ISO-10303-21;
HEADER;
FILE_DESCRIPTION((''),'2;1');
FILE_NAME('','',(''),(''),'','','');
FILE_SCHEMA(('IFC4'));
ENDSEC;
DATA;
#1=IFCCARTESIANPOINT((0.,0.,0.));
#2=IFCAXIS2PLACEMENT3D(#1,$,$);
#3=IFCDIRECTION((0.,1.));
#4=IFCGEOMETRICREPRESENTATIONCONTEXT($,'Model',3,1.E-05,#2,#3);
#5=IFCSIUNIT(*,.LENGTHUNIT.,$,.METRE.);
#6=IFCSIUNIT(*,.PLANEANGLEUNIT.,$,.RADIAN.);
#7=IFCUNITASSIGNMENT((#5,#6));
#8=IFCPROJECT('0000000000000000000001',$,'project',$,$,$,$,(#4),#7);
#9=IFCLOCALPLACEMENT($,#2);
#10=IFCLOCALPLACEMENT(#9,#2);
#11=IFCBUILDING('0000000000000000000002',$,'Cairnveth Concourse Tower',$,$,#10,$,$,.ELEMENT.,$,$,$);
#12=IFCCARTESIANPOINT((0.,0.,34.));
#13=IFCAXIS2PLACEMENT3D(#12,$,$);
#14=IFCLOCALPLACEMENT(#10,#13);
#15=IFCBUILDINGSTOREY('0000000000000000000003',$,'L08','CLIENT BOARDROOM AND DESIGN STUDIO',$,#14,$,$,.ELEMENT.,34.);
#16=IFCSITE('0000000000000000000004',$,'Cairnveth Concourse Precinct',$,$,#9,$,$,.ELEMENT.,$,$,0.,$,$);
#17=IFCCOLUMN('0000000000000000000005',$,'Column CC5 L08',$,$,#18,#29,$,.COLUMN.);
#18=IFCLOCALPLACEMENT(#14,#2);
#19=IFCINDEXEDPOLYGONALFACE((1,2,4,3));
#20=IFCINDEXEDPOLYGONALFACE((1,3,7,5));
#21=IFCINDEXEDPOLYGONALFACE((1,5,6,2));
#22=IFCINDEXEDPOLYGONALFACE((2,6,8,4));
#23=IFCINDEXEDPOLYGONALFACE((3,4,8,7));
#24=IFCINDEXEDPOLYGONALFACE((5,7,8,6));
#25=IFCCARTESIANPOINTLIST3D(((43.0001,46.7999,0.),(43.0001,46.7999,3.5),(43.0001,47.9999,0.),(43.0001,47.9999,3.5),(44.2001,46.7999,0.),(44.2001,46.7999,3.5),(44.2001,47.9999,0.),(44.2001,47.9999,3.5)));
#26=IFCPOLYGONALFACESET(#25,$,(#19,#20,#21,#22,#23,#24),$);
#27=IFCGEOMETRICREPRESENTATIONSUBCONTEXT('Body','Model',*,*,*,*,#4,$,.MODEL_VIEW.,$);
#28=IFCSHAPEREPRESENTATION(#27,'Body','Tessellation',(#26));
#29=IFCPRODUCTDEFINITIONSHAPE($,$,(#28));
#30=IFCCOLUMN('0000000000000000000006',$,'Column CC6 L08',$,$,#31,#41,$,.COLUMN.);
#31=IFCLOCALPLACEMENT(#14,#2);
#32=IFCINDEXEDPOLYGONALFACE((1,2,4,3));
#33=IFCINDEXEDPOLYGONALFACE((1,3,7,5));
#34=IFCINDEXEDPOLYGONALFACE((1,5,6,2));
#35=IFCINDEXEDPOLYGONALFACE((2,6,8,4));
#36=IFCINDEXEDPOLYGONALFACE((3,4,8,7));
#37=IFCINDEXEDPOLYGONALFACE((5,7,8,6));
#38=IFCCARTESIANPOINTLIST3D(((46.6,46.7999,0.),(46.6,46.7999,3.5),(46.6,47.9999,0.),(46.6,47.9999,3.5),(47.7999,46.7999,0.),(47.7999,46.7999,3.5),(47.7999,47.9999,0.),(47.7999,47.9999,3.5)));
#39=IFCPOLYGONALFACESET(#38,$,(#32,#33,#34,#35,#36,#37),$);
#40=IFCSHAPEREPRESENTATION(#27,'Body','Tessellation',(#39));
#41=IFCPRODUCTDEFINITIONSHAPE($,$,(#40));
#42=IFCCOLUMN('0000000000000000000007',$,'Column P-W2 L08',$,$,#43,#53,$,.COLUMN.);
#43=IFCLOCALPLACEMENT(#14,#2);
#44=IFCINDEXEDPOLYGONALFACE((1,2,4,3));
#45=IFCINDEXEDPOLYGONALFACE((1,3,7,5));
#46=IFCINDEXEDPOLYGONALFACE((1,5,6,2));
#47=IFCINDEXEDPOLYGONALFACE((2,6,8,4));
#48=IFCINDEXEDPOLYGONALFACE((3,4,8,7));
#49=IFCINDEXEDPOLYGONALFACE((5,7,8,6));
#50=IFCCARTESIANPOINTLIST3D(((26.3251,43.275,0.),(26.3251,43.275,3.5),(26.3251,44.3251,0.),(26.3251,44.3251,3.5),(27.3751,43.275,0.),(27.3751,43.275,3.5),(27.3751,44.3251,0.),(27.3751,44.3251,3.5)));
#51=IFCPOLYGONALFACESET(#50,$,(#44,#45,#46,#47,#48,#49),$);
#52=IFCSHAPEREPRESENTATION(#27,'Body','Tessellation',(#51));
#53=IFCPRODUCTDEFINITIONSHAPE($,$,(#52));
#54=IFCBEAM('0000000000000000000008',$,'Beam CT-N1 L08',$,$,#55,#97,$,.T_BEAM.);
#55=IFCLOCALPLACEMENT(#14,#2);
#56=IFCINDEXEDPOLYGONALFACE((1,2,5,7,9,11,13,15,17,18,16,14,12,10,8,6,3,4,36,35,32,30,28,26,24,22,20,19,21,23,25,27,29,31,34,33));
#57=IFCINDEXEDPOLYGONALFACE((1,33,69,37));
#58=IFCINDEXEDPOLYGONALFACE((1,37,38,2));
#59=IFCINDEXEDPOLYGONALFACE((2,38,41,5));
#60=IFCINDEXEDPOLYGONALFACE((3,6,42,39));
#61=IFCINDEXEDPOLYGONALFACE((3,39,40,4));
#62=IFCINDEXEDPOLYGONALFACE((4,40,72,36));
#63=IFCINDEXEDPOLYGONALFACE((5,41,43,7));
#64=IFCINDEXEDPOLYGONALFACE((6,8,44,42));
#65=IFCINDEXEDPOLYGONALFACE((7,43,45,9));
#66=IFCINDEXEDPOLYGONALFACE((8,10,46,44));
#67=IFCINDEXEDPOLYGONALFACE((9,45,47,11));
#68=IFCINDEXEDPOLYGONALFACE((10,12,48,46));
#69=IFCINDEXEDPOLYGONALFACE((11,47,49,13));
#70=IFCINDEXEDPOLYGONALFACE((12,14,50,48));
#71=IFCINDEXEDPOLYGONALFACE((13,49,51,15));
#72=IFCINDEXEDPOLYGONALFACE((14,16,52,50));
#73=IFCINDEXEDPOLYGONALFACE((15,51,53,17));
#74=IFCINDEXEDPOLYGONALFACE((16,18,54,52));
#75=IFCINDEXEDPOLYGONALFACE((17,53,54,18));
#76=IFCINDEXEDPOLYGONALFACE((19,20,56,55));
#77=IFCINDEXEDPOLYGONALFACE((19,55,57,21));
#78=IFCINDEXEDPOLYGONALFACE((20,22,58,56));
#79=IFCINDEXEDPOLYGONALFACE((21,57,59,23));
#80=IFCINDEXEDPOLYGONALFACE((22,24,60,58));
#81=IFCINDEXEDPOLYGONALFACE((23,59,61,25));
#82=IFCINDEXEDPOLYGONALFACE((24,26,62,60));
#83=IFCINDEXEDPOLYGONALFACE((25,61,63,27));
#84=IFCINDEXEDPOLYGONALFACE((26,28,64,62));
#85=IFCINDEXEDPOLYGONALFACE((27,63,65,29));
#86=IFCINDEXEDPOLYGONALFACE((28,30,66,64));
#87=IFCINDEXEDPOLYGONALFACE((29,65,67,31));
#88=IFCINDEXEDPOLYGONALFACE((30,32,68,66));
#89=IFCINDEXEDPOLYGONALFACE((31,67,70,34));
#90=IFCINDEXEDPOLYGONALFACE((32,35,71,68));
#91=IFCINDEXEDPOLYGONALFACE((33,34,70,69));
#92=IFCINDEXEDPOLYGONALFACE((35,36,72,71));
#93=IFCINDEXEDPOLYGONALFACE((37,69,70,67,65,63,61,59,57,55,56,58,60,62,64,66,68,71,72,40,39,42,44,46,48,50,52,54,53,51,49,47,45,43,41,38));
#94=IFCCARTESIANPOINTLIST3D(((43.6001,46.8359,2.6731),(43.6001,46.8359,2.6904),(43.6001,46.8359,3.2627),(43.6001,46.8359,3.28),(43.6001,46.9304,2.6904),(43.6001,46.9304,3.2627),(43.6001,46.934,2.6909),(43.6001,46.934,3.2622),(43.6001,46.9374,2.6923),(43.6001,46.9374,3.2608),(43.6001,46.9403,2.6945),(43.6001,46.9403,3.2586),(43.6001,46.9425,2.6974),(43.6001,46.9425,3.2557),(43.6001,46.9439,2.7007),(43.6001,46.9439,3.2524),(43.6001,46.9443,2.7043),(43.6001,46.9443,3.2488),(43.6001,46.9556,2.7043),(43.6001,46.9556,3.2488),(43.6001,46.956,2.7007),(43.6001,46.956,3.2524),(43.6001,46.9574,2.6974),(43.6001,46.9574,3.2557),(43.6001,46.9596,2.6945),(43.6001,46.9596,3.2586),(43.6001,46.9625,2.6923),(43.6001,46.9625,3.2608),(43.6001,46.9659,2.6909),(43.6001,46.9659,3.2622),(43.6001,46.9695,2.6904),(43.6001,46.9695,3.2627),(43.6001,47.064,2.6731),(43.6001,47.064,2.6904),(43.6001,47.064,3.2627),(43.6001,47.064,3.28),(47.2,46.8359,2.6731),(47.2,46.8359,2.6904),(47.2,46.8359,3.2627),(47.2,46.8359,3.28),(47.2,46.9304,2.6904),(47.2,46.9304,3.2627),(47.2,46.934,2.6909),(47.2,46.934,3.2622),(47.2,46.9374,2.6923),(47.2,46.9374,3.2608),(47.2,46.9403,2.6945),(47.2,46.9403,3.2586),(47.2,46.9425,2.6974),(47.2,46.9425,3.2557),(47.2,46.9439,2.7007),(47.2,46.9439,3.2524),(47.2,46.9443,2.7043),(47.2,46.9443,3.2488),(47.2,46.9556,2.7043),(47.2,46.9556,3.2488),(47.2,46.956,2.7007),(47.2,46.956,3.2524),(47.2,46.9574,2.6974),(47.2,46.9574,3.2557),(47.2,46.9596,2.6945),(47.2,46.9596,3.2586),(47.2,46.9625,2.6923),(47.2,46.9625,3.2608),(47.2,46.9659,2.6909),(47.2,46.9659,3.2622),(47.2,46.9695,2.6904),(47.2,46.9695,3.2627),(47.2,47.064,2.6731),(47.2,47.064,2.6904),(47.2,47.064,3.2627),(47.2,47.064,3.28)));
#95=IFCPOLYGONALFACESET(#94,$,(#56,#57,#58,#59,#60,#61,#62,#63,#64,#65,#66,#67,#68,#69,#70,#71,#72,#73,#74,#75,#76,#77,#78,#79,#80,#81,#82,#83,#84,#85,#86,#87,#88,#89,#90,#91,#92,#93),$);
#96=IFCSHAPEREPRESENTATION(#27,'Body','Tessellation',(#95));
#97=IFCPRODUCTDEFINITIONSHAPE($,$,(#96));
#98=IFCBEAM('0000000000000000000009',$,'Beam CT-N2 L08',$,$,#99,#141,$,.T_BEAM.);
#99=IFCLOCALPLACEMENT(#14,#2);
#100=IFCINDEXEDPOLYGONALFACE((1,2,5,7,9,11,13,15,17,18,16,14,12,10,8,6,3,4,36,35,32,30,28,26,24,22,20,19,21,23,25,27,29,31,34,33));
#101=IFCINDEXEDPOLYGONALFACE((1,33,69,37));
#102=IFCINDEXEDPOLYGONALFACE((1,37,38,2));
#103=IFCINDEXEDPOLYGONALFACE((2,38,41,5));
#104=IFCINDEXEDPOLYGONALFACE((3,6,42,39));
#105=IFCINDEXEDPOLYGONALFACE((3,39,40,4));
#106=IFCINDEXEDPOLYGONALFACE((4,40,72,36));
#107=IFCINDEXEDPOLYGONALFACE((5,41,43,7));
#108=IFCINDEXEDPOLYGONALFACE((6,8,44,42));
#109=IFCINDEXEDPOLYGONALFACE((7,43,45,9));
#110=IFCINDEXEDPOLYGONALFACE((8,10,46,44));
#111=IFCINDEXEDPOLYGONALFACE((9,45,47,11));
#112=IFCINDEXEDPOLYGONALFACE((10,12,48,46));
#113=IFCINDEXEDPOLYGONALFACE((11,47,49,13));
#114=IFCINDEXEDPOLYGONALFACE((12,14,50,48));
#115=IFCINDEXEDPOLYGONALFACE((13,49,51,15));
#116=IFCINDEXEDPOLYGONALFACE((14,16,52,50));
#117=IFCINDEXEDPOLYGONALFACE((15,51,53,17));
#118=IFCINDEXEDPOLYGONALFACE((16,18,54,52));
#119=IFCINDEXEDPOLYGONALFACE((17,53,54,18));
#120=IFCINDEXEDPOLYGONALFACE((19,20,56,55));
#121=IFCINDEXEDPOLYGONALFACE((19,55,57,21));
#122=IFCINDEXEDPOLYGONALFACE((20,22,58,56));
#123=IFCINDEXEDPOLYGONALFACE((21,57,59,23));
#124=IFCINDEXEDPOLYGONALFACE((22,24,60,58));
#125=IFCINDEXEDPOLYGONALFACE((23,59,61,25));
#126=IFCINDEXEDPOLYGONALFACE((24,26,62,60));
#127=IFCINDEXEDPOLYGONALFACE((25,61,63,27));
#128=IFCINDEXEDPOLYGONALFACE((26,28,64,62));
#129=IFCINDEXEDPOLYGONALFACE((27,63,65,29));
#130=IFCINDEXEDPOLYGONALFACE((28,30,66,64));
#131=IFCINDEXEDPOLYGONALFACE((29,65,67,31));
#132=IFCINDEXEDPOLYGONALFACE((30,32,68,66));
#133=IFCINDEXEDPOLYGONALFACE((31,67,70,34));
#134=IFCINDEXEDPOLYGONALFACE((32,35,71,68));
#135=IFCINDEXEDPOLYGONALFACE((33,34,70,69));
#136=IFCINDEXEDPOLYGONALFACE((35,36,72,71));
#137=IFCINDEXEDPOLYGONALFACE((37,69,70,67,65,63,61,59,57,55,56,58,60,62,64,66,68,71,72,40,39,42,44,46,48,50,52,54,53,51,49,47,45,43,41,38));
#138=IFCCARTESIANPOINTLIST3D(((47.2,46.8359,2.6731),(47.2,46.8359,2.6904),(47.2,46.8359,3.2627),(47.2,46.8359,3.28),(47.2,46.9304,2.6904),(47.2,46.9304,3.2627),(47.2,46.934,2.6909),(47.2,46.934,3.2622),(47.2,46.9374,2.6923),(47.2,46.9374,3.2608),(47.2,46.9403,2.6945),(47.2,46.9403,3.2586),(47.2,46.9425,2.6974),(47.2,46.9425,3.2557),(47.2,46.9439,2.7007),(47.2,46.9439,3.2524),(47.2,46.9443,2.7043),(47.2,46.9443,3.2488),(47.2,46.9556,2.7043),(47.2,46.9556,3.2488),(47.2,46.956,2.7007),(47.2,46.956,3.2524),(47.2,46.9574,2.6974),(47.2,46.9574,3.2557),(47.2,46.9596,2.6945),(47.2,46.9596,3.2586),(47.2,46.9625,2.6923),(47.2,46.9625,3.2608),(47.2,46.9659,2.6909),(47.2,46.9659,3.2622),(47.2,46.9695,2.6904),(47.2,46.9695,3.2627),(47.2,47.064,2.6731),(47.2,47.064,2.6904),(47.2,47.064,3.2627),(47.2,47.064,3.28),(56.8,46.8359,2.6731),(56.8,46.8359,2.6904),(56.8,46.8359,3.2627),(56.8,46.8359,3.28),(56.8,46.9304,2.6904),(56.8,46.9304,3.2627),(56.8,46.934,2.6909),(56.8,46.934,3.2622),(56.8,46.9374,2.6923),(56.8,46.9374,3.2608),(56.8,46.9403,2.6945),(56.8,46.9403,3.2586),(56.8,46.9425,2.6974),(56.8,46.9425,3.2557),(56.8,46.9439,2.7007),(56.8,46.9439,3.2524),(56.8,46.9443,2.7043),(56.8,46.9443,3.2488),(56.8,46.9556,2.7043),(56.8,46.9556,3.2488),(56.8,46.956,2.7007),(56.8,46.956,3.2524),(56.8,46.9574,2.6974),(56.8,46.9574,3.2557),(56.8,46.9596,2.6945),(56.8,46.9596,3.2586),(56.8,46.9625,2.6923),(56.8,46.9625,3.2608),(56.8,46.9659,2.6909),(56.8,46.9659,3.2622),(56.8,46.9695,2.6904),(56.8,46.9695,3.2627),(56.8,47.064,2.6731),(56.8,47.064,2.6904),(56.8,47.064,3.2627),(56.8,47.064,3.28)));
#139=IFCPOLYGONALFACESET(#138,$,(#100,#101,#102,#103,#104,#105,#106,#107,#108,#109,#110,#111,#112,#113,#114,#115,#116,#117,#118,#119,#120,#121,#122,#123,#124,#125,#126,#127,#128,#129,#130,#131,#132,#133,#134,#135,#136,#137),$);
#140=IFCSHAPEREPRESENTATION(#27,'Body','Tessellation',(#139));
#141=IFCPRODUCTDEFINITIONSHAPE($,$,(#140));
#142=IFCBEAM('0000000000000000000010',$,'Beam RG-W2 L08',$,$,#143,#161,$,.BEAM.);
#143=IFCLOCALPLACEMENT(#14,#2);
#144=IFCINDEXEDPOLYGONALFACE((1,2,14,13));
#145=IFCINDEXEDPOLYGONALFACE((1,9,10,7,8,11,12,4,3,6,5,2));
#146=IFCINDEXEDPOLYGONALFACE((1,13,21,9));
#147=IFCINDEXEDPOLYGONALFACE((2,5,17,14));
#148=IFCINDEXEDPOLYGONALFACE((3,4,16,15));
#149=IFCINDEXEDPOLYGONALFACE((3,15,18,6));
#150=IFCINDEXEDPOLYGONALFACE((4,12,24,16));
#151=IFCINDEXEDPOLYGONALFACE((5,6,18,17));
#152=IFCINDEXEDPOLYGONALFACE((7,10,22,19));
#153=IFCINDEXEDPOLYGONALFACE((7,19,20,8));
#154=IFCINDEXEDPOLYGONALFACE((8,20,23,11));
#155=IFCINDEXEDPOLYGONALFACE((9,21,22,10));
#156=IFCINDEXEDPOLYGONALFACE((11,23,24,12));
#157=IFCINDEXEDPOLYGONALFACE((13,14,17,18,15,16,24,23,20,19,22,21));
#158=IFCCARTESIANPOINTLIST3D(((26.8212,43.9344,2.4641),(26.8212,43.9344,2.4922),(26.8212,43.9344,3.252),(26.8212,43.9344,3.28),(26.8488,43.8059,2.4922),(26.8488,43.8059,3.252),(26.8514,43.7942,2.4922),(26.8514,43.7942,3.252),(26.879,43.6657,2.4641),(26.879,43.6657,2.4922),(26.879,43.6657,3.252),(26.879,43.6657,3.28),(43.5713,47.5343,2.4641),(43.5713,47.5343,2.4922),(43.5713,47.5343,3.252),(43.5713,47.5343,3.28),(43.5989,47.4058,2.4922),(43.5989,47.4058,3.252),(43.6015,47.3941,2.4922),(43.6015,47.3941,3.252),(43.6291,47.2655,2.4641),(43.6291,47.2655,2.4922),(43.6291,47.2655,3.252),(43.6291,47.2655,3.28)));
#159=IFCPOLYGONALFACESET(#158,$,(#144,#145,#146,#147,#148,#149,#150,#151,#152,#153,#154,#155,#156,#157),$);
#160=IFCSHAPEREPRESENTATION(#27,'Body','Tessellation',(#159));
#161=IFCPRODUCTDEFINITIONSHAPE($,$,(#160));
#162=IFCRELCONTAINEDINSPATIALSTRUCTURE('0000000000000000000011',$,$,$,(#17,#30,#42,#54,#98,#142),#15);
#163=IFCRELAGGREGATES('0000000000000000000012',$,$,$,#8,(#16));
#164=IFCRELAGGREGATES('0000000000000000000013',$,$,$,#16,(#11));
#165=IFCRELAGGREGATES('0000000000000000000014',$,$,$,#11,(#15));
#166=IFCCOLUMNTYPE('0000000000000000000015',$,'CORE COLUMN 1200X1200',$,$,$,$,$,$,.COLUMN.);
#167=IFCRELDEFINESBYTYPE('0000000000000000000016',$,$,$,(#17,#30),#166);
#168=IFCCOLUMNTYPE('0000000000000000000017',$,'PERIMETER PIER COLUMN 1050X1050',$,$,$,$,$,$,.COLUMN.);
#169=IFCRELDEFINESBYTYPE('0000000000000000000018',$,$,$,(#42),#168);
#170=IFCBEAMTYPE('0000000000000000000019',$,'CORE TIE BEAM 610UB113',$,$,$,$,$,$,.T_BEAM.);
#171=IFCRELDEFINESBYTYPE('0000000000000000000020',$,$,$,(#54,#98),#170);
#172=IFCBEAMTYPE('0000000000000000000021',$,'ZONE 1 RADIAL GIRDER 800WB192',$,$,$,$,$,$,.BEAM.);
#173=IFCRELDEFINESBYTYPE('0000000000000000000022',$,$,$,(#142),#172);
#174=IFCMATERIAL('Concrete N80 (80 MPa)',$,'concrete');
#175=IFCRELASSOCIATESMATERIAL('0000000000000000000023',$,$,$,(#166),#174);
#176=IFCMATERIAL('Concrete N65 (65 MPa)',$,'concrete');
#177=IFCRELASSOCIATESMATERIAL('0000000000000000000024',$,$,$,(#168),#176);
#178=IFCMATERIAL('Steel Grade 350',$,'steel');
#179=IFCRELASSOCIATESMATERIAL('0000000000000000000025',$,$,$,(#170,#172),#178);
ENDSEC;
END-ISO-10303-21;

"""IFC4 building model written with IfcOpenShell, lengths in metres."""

from ifc_helpers import new_model, si_unit, direction, frame, origin, origin_2d, place, context, subcontext, project, spatial, rectangle, i_section, extrude, material, material_profile, profile_set, type_object, element, save


model = new_model("IFC4")

# Units and contexts
model_context = context("Model", 3, precision=1e-05, world=origin(), true_north=direction((0.0, 1.0)))
body_context = subcontext(model_context, "Body", "Model", "MODEL_VIEW")
ifc_project = project(units=[si_unit("LENGTHUNIT", "METRE"), si_unit("PLANEANGLEUNIT", "RADIAN")], contexts=[model_context])

# Site, building, storey
site_placement = place(None, origin())
site = spatial("IfcSite", under=ifc_project, at=site_placement, Name="Cairnveth Concourse Precinct", CompositionType="ELEMENT", RefElevation=0.0)
building_placement = place(site_placement, origin())
building = spatial("IfcBuilding", under=site, at=building_placement, Name="Cairnveth Concourse Tower", CompositionType="ELEMENT")
storey_placement = place(building_placement, frame((0.0, 0.0, 34.0)))
storey = spatial("IfcBuildingStorey", under=building, at=storey_placement, Name="L08", Description="CLIENT BOARDROOM AND DESIGN STUDIO", CompositionType="ELEMENT", Elevation=34.0)

# Columns
ifc_material_1 = material(Name="Concrete N80 (80 MPa)", Category="concrete")
ifc_material_profile_1 = material_profile(ifc_material_1, rectangle(XDim=1.2, YDim=1.2, at=origin_2d()), Name="RC-COL-1200x1200")
ifc_profile_set_1 = profile_set([ifc_material_profile_1], Name="Concrete N80 (80 MPa)")
column_type_1 = type_object("IfcColumnType", Name="CORE COLUMN 1200X1200", PredefinedType="COLUMN", material=ifc_profile_set_1)
for number, where, z_axis, x_axis, name in (
    (1, (43.6001, 47.3999, 0.0), (0.0, 0.0, 1.0), (1.0, 0.0, 0.0), "Column CC5 L08"),
    (2, (47.2, 47.3999, 0.0), (0.0, 0.0, 1.0), (1.0, 0.0, 0.0), "Column CC6 L08"),
):
    element("IfcColumn", number, at=place(storey_placement, frame(where, z_axis=z_axis, x_axis=x_axis)), inside=storey, type_object=column_type_1, Name=name, PredefinedType="COLUMN", context=body_context, shape_type="SweptSolid", body=[
        extrude(rectangle(XDim=1.2, YDim=1.2, at=origin_2d()), origin(), (0.0, 0.0, 1.0), 3.5),
    ])
ifc_material_2 = material(Name="Concrete N65 (65 MPa)", Category="concrete")
ifc_material_profile_2 = material_profile(ifc_material_2, rectangle(XDim=1.05, YDim=1.05, at=origin_2d()), Name="RC-COL-1050x1050")
ifc_profile_set_2 = profile_set([ifc_material_profile_2], Name="Concrete N65 (65 MPa)")
column_type_2 = type_object("IfcColumnType", Name="PERIMETER PIER COLUMN 1050X1050", PredefinedType="COLUMN", material=ifc_profile_set_2)
column_placement = place(storey_placement, frame((26.8501, 43.8, 0.0), z_axis=(0.0, 0.0, 1.0), x_axis=(0.0, 1.0, 0.0)))
element("IfcColumn", 3, at=column_placement, inside=storey, type_object=column_type_2, Name="Column P-W2 L08", PredefinedType="COLUMN", context=body_context, shape_type="SweptSolid", body=[
    extrude(rectangle(XDim=1.05, YDim=1.05, at=origin_2d()), origin(), (0.0, 0.0, 1.0), 3.5),
])

# Beams
ifc_material_3 = material(Name="Steel Grade 350", Category="steel")
ifc_material_profile_3 = material_profile(ifc_material_3, i_section(OverallWidth=0.228, OverallDepth=0.6069, WebThickness=0.0112, FlangeThickness=0.0173, FilletRadius=0.0139, at=origin_2d()), Name="610UB113")
ifc_profile_set_3 = profile_set([ifc_material_profile_3], Name="Steel Grade 350")
beam_type_1 = type_object("IfcBeamType", Name="CORE TIE BEAM 610UB113", PredefinedType="T_BEAM", material=ifc_profile_set_3)
beam_1_placement = place(storey_placement, frame((43.6001, 46.95, 2.9766), z_axis=(1.0, 0.0, 0.0), x_axis=(0.0, 1.0, 0.0)))
element("IfcBeam", 4, at=beam_1_placement, inside=storey, type_object=beam_type_1, Name="Beam CT-N1 L08", PredefinedType="T_BEAM", context=body_context, shape_type="SweptSolid", body=[
    extrude(i_section(OverallWidth=0.228, OverallDepth=0.6069, WebThickness=0.0112, FlangeThickness=0.0173, FilletRadius=0.0139, at=origin_2d()), origin(), (0.0, 0.0, 1.0), 3.5999),
])
beam_2_placement = place(storey_placement, frame((47.2, 46.95, 2.9766), z_axis=(1.0, 0.0, 0.0), x_axis=(0.0, 1.0, 0.0)))
element("IfcBeam", 5, at=beam_2_placement, inside=storey, type_object=beam_type_1, Name="Beam CT-N2 L08", PredefinedType="T_BEAM", context=body_context, shape_type="SweptSolid", body=[
    extrude(i_section(OverallWidth=0.228, OverallDepth=0.6069, WebThickness=0.0112, FlangeThickness=0.0173, FilletRadius=0.0139, at=origin_2d()), origin(), (0.0, 0.0, 1.0), 9.6001),
])
ifc_material_profile_4 = material_profile(ifc_material_3, i_section(OverallWidth=0.2749, OverallDepth=0.8159, WebThickness=0.012, FlangeThickness=0.0281, at=origin_2d()), Name="800WB192")
ifc_profile_set_4 = profile_set([ifc_material_profile_4], Name="Steel Grade 350")
beam_type_2 = type_object("IfcBeamType", Name="ZONE 1 RADIAL GIRDER 800WB192", PredefinedType="BEAM", material=ifc_profile_set_4)
beam_3_placement = place(storey_placement, frame((26.8501, 43.8, 2.8721), z_axis=(0.977676, 0.210119, 0.0), x_axis=(-0.210119, 0.977676, 0.0)))
element("IfcBeam", 6, at=beam_3_placement, inside=storey, type_object=beam_type_2, Name="Beam RG-W2 L08", PredefinedType="BEAM", context=body_context, shape_type="SweptSolid", body=[
    extrude(i_section(OverallWidth=0.2749, OverallDepth=0.8159, WebThickness=0.012, FlangeThickness=0.0281, at=origin_2d()), origin(), (0.0, 0.0, 1.0), 17.1326),
])

save(model, "model.ifc")
